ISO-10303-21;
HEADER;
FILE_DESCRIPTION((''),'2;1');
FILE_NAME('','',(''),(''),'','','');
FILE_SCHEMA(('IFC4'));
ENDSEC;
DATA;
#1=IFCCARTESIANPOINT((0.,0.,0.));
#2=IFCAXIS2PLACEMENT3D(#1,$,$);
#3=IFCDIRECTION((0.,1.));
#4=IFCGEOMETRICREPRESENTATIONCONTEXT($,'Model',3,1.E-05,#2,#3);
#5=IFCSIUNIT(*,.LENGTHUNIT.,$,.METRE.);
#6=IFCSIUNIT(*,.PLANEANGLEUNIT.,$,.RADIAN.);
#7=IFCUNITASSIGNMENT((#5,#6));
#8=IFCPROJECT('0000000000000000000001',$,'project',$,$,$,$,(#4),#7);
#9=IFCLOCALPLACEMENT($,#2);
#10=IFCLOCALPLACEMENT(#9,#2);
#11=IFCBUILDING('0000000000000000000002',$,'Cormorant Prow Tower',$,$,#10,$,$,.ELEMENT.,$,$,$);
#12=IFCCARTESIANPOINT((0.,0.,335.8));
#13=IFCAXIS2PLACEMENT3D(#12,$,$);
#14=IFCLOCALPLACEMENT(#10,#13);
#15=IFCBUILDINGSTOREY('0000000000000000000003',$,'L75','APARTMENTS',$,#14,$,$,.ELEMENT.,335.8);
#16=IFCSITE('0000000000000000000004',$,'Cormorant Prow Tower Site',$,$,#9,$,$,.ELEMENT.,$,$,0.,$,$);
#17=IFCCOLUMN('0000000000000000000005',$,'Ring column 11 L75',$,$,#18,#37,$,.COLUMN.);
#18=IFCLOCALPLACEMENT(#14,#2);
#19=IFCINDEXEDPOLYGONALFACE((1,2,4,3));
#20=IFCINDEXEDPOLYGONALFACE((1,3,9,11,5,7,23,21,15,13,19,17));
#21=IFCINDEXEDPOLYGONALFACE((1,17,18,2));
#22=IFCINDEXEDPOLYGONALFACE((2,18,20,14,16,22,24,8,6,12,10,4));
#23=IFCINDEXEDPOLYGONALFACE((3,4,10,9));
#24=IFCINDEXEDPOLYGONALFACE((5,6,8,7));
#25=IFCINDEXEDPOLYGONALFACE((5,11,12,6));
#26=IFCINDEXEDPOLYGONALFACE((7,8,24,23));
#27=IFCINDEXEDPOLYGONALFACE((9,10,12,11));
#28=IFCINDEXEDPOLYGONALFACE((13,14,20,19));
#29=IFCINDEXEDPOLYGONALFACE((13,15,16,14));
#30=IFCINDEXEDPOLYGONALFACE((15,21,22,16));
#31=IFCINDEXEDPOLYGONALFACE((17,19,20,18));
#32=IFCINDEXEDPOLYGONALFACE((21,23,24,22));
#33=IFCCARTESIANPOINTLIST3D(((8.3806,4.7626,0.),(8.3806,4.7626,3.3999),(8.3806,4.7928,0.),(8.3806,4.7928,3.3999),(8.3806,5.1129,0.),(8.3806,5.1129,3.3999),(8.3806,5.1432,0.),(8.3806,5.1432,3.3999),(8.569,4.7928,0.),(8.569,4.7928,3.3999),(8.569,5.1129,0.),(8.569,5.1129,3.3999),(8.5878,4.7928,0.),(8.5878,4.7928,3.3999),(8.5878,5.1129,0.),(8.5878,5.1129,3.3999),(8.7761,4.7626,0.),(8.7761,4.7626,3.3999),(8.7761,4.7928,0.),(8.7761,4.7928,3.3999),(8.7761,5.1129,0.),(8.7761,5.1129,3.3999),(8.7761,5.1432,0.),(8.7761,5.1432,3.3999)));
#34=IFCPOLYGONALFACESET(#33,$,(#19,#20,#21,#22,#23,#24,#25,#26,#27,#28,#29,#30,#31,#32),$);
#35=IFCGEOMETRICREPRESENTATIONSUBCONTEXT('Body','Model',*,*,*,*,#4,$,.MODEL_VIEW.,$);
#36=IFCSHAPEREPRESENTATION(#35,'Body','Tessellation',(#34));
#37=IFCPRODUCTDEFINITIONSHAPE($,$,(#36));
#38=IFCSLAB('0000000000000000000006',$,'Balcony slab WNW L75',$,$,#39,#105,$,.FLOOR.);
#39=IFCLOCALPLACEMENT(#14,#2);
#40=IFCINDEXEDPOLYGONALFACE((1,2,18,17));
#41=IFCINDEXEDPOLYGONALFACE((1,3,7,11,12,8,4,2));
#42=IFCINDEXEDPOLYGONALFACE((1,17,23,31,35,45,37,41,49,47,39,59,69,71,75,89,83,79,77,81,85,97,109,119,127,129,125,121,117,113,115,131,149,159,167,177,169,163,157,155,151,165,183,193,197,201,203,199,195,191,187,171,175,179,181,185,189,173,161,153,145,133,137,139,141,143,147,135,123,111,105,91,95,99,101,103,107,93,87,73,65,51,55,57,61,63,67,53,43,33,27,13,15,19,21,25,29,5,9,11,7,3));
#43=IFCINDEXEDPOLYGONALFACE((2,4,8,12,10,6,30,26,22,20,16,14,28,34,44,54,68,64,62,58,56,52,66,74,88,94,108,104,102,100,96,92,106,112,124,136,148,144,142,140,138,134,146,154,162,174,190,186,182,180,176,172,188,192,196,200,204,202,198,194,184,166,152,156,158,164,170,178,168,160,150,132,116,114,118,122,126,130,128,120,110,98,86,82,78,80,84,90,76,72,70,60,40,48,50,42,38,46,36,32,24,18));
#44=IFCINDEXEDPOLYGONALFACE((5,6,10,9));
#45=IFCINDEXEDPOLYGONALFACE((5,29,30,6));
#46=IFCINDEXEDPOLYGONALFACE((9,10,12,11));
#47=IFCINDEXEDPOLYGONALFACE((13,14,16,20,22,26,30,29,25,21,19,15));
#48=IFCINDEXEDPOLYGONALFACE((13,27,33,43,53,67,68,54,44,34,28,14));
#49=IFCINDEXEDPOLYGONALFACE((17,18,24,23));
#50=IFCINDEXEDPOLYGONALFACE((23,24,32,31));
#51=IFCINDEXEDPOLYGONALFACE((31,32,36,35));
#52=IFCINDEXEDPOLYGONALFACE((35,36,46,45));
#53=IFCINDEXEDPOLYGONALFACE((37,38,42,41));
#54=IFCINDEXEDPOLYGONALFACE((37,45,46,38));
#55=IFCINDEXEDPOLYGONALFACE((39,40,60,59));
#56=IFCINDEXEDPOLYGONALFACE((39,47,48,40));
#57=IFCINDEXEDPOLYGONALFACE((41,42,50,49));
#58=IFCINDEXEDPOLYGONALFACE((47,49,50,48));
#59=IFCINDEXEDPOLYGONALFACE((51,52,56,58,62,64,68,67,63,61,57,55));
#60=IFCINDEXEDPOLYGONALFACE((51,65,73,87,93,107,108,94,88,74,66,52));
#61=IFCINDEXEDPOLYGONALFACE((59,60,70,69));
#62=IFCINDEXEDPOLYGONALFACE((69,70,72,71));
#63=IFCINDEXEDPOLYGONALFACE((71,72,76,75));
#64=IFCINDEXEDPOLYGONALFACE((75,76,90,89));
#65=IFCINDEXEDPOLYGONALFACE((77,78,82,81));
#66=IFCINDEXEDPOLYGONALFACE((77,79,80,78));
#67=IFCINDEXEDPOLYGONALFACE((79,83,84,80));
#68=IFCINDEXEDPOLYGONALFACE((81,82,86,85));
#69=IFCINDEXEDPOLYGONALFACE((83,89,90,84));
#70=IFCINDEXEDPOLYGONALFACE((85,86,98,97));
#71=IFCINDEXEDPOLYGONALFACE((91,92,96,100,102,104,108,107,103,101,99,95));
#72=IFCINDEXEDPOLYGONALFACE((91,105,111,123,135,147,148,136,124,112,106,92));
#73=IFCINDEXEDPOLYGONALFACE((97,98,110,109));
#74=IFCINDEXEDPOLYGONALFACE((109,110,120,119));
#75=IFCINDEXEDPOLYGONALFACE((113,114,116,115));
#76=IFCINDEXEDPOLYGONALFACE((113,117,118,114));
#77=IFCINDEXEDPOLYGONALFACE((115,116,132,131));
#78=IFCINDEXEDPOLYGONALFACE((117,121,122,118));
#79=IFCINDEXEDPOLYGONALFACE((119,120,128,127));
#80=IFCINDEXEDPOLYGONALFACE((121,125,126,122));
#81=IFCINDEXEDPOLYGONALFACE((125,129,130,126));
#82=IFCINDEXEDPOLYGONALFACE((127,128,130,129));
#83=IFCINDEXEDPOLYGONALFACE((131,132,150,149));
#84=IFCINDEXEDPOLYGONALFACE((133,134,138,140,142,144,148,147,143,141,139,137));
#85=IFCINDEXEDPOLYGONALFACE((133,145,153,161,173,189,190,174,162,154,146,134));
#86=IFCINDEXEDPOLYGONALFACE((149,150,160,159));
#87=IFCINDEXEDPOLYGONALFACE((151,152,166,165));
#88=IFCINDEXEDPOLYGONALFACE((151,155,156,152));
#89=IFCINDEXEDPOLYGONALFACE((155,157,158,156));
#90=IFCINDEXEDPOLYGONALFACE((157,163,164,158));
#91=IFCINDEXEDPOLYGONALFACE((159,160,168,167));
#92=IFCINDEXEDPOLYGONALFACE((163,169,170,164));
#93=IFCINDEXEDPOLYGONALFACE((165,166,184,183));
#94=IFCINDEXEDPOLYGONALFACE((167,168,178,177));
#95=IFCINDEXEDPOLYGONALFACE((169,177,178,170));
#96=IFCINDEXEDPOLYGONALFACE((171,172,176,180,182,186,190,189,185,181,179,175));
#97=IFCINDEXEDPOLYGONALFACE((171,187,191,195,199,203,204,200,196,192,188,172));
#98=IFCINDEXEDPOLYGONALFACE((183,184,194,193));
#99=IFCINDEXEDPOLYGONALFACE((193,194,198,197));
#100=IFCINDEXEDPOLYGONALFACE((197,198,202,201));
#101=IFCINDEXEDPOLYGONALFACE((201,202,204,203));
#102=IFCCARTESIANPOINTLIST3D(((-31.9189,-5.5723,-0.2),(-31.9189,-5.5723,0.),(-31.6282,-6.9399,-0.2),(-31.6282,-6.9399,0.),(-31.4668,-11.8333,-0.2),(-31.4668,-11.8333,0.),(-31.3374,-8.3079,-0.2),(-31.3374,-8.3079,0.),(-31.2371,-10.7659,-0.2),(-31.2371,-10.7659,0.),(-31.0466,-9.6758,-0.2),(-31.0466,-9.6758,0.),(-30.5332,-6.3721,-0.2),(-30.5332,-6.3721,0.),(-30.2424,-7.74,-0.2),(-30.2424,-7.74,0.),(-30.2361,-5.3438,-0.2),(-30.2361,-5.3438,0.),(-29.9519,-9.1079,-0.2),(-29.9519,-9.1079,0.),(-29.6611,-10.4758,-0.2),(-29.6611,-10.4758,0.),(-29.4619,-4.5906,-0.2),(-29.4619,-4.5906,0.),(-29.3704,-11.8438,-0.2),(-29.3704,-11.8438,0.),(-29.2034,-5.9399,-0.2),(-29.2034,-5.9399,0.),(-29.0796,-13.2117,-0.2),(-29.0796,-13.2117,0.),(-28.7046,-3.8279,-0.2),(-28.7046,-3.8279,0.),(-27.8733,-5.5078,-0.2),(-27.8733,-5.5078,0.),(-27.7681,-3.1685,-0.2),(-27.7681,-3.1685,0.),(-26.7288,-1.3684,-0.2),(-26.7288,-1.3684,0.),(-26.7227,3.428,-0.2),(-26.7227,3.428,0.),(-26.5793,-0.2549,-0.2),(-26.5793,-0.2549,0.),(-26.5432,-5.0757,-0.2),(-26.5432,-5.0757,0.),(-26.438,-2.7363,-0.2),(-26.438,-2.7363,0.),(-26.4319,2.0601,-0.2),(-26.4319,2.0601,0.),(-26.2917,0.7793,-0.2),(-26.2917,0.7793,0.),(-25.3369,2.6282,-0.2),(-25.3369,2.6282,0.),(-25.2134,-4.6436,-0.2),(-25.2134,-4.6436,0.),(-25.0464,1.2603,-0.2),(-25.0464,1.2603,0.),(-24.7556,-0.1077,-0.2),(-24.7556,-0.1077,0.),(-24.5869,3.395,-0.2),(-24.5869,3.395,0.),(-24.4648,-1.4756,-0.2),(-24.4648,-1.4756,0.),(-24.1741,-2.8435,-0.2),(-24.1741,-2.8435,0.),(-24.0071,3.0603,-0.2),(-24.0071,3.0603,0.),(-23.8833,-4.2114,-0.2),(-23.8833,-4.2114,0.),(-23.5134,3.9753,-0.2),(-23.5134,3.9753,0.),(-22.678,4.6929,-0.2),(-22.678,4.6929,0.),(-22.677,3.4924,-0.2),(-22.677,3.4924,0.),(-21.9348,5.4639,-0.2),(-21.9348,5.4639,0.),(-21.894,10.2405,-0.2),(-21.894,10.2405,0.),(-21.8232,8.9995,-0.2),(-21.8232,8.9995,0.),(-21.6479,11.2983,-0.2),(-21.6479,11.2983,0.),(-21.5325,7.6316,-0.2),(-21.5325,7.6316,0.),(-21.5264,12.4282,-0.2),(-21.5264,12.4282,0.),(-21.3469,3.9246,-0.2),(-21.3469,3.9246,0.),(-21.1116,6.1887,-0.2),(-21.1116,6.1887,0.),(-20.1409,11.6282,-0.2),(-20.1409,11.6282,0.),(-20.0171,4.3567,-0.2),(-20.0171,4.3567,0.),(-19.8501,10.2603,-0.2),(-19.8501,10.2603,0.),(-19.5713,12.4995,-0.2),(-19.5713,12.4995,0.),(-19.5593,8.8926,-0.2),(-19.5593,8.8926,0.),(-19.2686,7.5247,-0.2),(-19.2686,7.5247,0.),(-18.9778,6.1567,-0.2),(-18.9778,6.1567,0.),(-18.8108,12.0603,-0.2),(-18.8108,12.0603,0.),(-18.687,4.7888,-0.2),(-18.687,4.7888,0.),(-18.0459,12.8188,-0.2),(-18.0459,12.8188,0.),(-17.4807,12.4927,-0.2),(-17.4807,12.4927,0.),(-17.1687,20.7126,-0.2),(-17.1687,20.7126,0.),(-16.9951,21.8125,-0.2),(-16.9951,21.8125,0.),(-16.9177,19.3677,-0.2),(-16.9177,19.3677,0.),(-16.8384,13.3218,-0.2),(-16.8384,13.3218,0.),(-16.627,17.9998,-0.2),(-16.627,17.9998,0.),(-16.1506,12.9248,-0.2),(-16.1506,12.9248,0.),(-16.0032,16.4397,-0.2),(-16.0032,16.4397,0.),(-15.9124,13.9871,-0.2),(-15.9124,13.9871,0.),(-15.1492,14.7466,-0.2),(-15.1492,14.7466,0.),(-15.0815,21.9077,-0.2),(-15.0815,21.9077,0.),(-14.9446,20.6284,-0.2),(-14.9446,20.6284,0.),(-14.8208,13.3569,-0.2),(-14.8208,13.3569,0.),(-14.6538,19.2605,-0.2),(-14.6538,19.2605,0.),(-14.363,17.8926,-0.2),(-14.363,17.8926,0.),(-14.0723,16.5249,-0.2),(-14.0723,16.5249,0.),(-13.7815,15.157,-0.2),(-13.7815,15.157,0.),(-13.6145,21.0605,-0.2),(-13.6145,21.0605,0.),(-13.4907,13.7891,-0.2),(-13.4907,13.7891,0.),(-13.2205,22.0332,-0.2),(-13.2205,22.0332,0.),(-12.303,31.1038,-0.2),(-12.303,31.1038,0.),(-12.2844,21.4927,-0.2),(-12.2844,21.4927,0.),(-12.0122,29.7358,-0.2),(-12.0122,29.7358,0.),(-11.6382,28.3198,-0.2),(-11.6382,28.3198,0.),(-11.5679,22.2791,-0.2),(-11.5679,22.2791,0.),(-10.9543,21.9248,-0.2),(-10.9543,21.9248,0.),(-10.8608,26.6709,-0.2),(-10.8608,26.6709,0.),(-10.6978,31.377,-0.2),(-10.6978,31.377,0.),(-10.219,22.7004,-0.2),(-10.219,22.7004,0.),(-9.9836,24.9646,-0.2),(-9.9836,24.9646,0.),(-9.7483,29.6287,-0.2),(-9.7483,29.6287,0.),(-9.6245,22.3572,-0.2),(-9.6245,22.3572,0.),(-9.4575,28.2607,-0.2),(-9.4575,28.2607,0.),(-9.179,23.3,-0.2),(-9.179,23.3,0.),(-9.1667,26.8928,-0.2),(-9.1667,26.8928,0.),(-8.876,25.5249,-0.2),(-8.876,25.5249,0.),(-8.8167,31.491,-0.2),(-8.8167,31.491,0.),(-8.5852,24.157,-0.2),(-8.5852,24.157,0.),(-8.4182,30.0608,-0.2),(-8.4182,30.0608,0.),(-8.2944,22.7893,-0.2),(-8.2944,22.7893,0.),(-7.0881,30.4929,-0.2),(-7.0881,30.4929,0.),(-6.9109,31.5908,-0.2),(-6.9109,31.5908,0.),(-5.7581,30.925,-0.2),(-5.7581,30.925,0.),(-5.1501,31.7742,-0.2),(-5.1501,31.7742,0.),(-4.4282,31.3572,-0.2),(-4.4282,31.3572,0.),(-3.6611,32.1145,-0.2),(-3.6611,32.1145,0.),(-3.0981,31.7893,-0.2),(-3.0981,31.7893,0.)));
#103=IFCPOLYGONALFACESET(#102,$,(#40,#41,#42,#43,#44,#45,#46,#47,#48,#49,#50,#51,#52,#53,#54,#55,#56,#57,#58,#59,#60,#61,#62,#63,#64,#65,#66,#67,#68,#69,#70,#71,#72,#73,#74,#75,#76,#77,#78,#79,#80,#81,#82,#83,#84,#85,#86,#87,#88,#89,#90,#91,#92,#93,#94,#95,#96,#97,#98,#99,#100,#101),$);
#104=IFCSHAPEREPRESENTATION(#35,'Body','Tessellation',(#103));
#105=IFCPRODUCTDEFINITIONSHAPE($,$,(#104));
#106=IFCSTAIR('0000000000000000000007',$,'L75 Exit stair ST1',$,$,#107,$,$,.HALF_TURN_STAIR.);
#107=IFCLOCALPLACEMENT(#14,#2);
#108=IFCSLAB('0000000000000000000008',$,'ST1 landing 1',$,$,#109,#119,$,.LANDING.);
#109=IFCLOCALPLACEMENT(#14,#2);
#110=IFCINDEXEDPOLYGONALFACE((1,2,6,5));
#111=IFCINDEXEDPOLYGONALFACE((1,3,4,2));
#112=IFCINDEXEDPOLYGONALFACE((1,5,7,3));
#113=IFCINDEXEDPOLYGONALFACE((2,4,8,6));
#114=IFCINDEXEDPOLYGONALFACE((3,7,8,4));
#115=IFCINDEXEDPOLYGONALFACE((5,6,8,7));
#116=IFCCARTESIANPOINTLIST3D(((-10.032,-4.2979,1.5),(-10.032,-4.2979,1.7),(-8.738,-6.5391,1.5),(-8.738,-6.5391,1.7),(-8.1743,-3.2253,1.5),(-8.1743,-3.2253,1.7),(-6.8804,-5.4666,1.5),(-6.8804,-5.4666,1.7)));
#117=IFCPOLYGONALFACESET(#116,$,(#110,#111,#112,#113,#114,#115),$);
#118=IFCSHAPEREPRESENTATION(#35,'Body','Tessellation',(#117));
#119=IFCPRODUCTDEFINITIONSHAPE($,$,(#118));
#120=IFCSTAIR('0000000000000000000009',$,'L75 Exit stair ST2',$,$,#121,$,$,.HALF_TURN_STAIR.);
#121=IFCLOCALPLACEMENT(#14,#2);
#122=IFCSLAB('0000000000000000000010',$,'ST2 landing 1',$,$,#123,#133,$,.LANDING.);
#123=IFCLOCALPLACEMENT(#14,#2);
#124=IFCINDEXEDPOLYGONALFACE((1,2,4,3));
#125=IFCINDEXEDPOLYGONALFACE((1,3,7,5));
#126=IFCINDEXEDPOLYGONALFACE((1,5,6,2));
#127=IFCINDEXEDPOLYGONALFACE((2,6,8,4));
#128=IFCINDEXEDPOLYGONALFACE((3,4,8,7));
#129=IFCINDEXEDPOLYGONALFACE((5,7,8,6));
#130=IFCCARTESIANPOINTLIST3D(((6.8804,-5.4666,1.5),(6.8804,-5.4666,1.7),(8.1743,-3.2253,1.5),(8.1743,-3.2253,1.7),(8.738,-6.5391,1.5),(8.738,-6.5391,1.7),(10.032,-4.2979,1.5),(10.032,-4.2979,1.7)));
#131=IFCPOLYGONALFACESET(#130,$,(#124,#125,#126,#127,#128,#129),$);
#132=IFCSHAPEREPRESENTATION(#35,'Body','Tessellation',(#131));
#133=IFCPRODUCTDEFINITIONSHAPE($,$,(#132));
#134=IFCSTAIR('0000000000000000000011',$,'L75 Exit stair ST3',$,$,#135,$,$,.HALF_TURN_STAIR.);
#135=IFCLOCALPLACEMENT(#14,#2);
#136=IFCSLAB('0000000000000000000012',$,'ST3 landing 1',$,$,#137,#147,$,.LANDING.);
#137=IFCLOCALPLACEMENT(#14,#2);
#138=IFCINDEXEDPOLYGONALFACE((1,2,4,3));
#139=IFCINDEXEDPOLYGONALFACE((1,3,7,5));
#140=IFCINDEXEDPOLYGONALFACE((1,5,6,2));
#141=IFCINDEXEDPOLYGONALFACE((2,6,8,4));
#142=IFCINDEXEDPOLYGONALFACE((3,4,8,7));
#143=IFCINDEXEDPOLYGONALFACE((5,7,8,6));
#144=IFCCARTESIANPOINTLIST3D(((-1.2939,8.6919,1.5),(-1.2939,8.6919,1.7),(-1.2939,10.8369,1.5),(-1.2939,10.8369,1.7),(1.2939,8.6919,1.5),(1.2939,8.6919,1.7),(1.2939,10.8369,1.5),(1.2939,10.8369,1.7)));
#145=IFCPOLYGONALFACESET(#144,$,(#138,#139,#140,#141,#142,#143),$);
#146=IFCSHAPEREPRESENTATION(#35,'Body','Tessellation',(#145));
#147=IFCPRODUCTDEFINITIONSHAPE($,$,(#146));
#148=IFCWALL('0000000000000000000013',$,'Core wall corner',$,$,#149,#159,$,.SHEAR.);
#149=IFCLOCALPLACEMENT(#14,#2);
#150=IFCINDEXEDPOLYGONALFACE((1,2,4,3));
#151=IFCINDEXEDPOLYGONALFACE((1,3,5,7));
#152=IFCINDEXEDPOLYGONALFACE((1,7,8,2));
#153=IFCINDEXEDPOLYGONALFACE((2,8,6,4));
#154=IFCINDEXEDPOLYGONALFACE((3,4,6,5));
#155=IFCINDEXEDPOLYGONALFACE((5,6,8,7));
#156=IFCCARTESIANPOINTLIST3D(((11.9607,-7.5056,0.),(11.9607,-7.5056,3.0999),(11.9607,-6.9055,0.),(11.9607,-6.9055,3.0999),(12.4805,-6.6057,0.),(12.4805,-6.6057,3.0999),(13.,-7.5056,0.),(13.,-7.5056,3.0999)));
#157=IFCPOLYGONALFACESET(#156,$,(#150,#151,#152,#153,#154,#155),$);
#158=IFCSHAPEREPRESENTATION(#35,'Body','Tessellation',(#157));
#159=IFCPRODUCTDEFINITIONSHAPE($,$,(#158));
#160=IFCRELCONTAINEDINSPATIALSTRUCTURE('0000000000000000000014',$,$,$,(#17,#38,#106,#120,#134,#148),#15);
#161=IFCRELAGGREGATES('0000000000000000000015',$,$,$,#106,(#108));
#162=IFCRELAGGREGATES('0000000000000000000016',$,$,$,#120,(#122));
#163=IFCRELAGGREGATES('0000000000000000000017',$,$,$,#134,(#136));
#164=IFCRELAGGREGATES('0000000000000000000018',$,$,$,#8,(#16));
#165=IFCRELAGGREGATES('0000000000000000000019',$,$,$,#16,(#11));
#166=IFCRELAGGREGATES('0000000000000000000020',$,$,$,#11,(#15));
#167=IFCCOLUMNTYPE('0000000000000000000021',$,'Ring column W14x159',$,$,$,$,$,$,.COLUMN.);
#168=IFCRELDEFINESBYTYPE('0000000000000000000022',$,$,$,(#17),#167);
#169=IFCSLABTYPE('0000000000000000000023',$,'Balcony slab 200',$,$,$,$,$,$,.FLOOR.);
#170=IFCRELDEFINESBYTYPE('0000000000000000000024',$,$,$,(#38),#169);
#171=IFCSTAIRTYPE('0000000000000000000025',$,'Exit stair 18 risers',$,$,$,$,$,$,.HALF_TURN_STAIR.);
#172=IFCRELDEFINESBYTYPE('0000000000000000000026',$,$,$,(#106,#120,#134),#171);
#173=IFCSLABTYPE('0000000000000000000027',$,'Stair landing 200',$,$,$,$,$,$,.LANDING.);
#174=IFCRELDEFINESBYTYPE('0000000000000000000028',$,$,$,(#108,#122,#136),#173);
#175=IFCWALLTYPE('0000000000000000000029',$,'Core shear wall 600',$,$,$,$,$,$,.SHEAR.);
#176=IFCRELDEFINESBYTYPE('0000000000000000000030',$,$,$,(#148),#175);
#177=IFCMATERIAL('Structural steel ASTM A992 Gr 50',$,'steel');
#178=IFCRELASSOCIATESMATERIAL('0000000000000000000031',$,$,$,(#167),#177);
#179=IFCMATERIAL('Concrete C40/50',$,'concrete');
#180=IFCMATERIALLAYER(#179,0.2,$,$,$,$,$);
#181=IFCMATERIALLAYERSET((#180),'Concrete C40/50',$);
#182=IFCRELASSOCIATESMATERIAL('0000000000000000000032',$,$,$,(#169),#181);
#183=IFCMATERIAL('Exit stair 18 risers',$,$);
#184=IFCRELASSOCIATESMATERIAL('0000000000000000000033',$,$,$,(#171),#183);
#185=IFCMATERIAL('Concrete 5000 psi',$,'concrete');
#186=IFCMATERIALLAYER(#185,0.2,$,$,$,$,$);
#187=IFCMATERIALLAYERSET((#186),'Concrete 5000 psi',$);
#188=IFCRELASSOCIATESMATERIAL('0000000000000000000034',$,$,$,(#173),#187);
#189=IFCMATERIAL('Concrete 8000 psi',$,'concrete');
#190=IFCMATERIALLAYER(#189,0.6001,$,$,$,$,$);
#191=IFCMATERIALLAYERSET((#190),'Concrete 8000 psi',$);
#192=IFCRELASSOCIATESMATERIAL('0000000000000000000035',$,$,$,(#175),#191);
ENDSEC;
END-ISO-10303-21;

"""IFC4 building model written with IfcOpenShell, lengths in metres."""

from ifc_helpers import new_model, si_unit, direction, frame, origin, origin_2d, place, context, subcontext, project, spatial, polyline, i_section, outline, extrude, material, layer, layer_set, material_profile, profile_set, type_object, element, aggregate, save


model = new_model("IFC4")

# Units and contexts
model_context = context("Model", 3, precision=1e-05, world=origin(), true_north=direction((0.0, 1.0)))
body_context = subcontext(model_context, "Body", "Model", "MODEL_VIEW")
ifc_project = project(units=[si_unit("LENGTHUNIT", "METRE"), si_unit("PLANEANGLEUNIT", "RADIAN")], contexts=[model_context])

# Site, building, storey
site_placement = place(None, origin())
site = spatial("IfcSite", under=ifc_project, at=site_placement, Name="Cormorant Prow Tower Site", CompositionType="ELEMENT", RefElevation=0.0)
building_placement = place(site_placement, origin())
building = spatial("IfcBuilding", under=site, at=building_placement, Name="Cormorant Prow Tower", CompositionType="ELEMENT")
storey_placement = place(building_placement, frame((0.0, 0.0, 335.8)))
storey = spatial("IfcBuildingStorey", under=building, at=storey_placement, Name="L75", Description="APARTMENTS", CompositionType="ELEMENT", Elevation=335.8)

# Column
ifc_material_1 = material(Name="Structural steel ASTM A992 Gr 50", Category="steel")
ifc_material_profile = material_profile(ifc_material_1, i_section(OverallWidth=0.3955, OverallDepth=0.3806, WebThickness=0.0188, FlangeThickness=0.0303, at=origin_2d()), Name="W14x159")
ifc_profile_set = profile_set([ifc_material_profile], Name="Structural steel ASTM A992 Gr 50")
column_type = type_object("IfcColumnType", Name="Ring column W14x159", PredefinedType="COLUMN", material=ifc_profile_set)
column_placement = place(storey_placement, frame((8.5784, 4.9529, 0.0), z_axis=(0.0, 0.0, 1.0), x_axis=(1.0, 0.0, 0.0)))
element("IfcColumn", 1, at=column_placement, inside=storey, type_object=column_type, Name="Ring column 11 L75", PredefinedType="COLUMN", context=body_context, shape_type="SweptSolid", body=[
    extrude(i_section(OverallWidth=0.3955, OverallDepth=0.3806, WebThickness=0.0188, FlangeThickness=0.0303, at=origin_2d()), origin(), (0.0, 0.0, 1.0), 3.3999),
])

# Slab
ifc_material_2 = material(Name="Concrete C40/50", Category="concrete")
ifc_layer_1 = layer(ifc_material_2, 0.2)
ifc_layer_set_1 = layer_set([ifc_layer_1], Name="Concrete C40/50")
slab_type_1 = type_object("IfcSlabType", Name="Balcony slab 200", PredefinedType="FLOOR", material=ifc_layer_set_1)
slab_1_placement = place(storey_placement, frame((0.0, 0.0, -0.2)))
element("IfcSlab", 2, at=slab_1_placement, inside=storey, type_object=slab_type_1, Name="Balcony slab WNW L75", PredefinedType="FLOOR", context=body_context, shape_type="SweptSolid", body=[
    extrude(outline(polyline([(-3.0981, 31.7893), (-3.6611, 32.1145), (-5.1501, 31.7742), (-6.9109, 31.5908), (-8.8167, 31.491), (-10.6978, 31.377), (-12.303, 31.1038), (-12.0122, 29.7358), (-11.6382, 28.3198), (-10.8608, 26.6709), (-9.9836, 24.9646), (-9.179, 23.3), (-10.219, 22.7004), (-11.5679, 22.2791), (-13.2205, 22.0332), (-15.0815, 21.9077), (-16.9951, 21.8125), (-17.1687, 20.7126), (-16.9177, 19.3677), (-16.627, 17.9998), (-16.0032, 16.4397), (-15.1492, 14.7466), (-15.9124, 13.9871), (-16.8384, 13.3218), (-18.0459, 12.8188), (-19.5713, 12.4995), (-21.5264, 12.4282), (-21.6479, 11.2983), (-21.894, 10.2405), (-21.8232, 8.9995), (-21.5325, 7.6316), (-21.1116, 6.1887), (-21.9348, 5.4639), (-22.678, 4.6929), (-23.5134, 3.9753), (-24.5869, 3.395), (-26.7227, 3.428), (-26.4319, 2.0601), (-26.2917, 0.7793), (-26.5793, -0.2549), (-26.7288, -1.3684), (-26.438, -2.7363), (-27.7681, -3.1685), (-28.7046, -3.8279), (-29.4619, -4.5906), (-30.2361, -5.3438), (-31.9189, -5.5723), (-31.6282, -6.9399), (-31.3374, -8.3079), (-31.0466, -9.6758), (-31.2371, -10.7659), (-31.4668, -11.8333), (-29.0796, -13.2117), (-29.3704, -11.8438), (-29.6611, -10.4758), (-29.9519, -9.1079), (-30.2424, -7.74), (-30.5332, -6.3721), (-29.2034, -5.9399), (-27.8733, -5.5078), (-26.5432, -5.0757), (-25.2134, -4.6436), (-23.8833, -4.2114), (-24.1741, -2.8435), (-24.4648, -1.4756), (-24.7556, -0.1077), (-25.0464, 1.2603), (-25.3369, 2.6282), (-24.0071, 3.0603), (-22.677, 3.4924), (-21.3469, 3.9246), (-20.0171, 4.3567), (-18.687, 4.7888), (-18.9778, 6.1567), (-19.2686, 7.5247), (-19.5593, 8.8926), (-19.8501, 10.2603), (-20.1409, 11.6282), (-18.8108, 12.0603), (-17.4807, 12.4927), (-16.1506, 12.9248), (-14.8208, 13.3569), (-13.4907, 13.7891), (-13.7815, 15.157), (-14.0723, 16.5249), (-14.363, 17.8926), (-14.6538, 19.2605), (-14.9446, 20.6284), (-13.6145, 21.0605), (-12.2844, 21.4927), (-10.9543, 21.9248), (-9.6245, 22.3572), (-8.2944, 22.7893), (-8.5852, 24.157), (-8.876, 25.5249), (-9.1667, 26.8928), (-9.4575, 28.2607), (-9.7483, 29.6287), (-8.4182, 30.0608), (-7.0881, 30.4929), (-5.7581, 30.925), (-4.4282, 31.3572), (-3.0981, 31.7893)])), origin(), (0.0, 0.0, 1.0), 0.2),
])

# Stairs, slabs
ifc_material_3 = material(Name="Exit stair 18 risers")
stair_type = type_object("IfcStairType", Name="Exit stair 18 risers", PredefinedType="HALF_TURN_STAIR", material=ifc_material_3)
stair_1_placement = place(storey_placement, origin())
stair_1 = element("IfcStair", 3, at=stair_1_placement, inside=storey, type_object=stair_type, Name="L75 Exit stair ST1", PredefinedType="HALF_TURN_STAIR")
ifc_material_4 = material(Name="Concrete 5000 psi", Category="concrete")
ifc_layer_2 = layer(ifc_material_4, 0.2)
ifc_layer_set_2 = layer_set([ifc_layer_2], Name="Concrete 5000 psi")
slab_type_2 = type_object("IfcSlabType", Name="Stair landing 200", PredefinedType="LANDING", material=ifc_layer_set_2)
slab_2_placement = place(storey_placement, frame((0.0, 0.0, 1.5)))
slab_2 = element("IfcSlab", 4, at=slab_2_placement, type_object=slab_type_2, Name="ST1 landing 1", PredefinedType="LANDING", context=body_context, shape_type="SweptSolid", body=[
    extrude(outline(polyline([(-8.1743, -3.2253), (-10.032, -4.2979), (-8.738, -6.5391), (-6.8804, -5.4666), (-8.1743, -3.2253)])), origin(), (0.0, 0.0, 1.0), 0.2),
])
aggregate(stair_1, [slab_2])
stair_2_placement = place(storey_placement, origin())
stair_2 = element("IfcStair", 5, at=stair_2_placement, inside=storey, type_object=stair_type, Name="L75 Exit stair ST2", PredefinedType="HALF_TURN_STAIR")
slab_3_placement = place(storey_placement, frame((0.0, 0.0, 1.5)))
slab_3 = element("IfcSlab", 6, at=slab_3_placement, type_object=slab_type_2, Name="ST2 landing 1", PredefinedType="LANDING", context=body_context, shape_type="SweptSolid", body=[
    extrude(outline(polyline([(6.8804, -5.4666), (8.738, -6.5391), (10.032, -4.2979), (8.1743, -3.2253), (6.8804, -5.4666)])), origin(), (0.0, 0.0, 1.0), 0.2),
])
aggregate(stair_2, [slab_3])
stair_3_placement = place(storey_placement, origin())
stair_3 = element("IfcStair", 7, at=stair_3_placement, inside=storey, type_object=stair_type, Name="L75 Exit stair ST3", PredefinedType="HALF_TURN_STAIR")
slab_4_placement = place(storey_placement, frame((0.0, 0.0, 1.5)))
slab_4 = element("IfcSlab", 8, at=slab_4_placement, type_object=slab_type_2, Name="ST3 landing 1", PredefinedType="LANDING", context=body_context, shape_type="SweptSolid", body=[
    extrude(outline(polyline([(1.2939, 8.6919), (1.2939, 10.8369), (-1.2939, 10.8369), (-1.2939, 8.6919), (1.2939, 8.6919)])), origin(), (0.0, 0.0, 1.0), 0.2),
])

# Wall
ifc_material_5 = material(Name="Concrete 8000 psi", Category="concrete")
ifc_layer_3 = layer(ifc_material_5, 0.6001)
ifc_layer_set_3 = layer_set([ifc_layer_3], Name="Concrete 8000 psi")
wall_type_1 = type_object("IfcWallType", Name="Core shear wall 600", PredefinedType="SHEAR", material=ifc_layer_set_3)
wall_1_placement = place(storey_placement, origin())
element("IfcWall", 9, at=wall_1_placement, inside=storey, type_object=wall_type_1, Name="Core wall corner", PredefinedType="SHEAR", context=body_context, shape_type="SweptSolid", body=[
    extrude(outline(polyline([(11.9607, -7.5056), (11.9607, -6.9055), (12.4805, -6.6057), (13.0, -7.5056), (11.9607, -7.5056)])), origin(), (0.0, 0.0, 1.0), 3.0999),
])

aggregate(stair_3, [slab_4])

save(model, "model.ifc")
